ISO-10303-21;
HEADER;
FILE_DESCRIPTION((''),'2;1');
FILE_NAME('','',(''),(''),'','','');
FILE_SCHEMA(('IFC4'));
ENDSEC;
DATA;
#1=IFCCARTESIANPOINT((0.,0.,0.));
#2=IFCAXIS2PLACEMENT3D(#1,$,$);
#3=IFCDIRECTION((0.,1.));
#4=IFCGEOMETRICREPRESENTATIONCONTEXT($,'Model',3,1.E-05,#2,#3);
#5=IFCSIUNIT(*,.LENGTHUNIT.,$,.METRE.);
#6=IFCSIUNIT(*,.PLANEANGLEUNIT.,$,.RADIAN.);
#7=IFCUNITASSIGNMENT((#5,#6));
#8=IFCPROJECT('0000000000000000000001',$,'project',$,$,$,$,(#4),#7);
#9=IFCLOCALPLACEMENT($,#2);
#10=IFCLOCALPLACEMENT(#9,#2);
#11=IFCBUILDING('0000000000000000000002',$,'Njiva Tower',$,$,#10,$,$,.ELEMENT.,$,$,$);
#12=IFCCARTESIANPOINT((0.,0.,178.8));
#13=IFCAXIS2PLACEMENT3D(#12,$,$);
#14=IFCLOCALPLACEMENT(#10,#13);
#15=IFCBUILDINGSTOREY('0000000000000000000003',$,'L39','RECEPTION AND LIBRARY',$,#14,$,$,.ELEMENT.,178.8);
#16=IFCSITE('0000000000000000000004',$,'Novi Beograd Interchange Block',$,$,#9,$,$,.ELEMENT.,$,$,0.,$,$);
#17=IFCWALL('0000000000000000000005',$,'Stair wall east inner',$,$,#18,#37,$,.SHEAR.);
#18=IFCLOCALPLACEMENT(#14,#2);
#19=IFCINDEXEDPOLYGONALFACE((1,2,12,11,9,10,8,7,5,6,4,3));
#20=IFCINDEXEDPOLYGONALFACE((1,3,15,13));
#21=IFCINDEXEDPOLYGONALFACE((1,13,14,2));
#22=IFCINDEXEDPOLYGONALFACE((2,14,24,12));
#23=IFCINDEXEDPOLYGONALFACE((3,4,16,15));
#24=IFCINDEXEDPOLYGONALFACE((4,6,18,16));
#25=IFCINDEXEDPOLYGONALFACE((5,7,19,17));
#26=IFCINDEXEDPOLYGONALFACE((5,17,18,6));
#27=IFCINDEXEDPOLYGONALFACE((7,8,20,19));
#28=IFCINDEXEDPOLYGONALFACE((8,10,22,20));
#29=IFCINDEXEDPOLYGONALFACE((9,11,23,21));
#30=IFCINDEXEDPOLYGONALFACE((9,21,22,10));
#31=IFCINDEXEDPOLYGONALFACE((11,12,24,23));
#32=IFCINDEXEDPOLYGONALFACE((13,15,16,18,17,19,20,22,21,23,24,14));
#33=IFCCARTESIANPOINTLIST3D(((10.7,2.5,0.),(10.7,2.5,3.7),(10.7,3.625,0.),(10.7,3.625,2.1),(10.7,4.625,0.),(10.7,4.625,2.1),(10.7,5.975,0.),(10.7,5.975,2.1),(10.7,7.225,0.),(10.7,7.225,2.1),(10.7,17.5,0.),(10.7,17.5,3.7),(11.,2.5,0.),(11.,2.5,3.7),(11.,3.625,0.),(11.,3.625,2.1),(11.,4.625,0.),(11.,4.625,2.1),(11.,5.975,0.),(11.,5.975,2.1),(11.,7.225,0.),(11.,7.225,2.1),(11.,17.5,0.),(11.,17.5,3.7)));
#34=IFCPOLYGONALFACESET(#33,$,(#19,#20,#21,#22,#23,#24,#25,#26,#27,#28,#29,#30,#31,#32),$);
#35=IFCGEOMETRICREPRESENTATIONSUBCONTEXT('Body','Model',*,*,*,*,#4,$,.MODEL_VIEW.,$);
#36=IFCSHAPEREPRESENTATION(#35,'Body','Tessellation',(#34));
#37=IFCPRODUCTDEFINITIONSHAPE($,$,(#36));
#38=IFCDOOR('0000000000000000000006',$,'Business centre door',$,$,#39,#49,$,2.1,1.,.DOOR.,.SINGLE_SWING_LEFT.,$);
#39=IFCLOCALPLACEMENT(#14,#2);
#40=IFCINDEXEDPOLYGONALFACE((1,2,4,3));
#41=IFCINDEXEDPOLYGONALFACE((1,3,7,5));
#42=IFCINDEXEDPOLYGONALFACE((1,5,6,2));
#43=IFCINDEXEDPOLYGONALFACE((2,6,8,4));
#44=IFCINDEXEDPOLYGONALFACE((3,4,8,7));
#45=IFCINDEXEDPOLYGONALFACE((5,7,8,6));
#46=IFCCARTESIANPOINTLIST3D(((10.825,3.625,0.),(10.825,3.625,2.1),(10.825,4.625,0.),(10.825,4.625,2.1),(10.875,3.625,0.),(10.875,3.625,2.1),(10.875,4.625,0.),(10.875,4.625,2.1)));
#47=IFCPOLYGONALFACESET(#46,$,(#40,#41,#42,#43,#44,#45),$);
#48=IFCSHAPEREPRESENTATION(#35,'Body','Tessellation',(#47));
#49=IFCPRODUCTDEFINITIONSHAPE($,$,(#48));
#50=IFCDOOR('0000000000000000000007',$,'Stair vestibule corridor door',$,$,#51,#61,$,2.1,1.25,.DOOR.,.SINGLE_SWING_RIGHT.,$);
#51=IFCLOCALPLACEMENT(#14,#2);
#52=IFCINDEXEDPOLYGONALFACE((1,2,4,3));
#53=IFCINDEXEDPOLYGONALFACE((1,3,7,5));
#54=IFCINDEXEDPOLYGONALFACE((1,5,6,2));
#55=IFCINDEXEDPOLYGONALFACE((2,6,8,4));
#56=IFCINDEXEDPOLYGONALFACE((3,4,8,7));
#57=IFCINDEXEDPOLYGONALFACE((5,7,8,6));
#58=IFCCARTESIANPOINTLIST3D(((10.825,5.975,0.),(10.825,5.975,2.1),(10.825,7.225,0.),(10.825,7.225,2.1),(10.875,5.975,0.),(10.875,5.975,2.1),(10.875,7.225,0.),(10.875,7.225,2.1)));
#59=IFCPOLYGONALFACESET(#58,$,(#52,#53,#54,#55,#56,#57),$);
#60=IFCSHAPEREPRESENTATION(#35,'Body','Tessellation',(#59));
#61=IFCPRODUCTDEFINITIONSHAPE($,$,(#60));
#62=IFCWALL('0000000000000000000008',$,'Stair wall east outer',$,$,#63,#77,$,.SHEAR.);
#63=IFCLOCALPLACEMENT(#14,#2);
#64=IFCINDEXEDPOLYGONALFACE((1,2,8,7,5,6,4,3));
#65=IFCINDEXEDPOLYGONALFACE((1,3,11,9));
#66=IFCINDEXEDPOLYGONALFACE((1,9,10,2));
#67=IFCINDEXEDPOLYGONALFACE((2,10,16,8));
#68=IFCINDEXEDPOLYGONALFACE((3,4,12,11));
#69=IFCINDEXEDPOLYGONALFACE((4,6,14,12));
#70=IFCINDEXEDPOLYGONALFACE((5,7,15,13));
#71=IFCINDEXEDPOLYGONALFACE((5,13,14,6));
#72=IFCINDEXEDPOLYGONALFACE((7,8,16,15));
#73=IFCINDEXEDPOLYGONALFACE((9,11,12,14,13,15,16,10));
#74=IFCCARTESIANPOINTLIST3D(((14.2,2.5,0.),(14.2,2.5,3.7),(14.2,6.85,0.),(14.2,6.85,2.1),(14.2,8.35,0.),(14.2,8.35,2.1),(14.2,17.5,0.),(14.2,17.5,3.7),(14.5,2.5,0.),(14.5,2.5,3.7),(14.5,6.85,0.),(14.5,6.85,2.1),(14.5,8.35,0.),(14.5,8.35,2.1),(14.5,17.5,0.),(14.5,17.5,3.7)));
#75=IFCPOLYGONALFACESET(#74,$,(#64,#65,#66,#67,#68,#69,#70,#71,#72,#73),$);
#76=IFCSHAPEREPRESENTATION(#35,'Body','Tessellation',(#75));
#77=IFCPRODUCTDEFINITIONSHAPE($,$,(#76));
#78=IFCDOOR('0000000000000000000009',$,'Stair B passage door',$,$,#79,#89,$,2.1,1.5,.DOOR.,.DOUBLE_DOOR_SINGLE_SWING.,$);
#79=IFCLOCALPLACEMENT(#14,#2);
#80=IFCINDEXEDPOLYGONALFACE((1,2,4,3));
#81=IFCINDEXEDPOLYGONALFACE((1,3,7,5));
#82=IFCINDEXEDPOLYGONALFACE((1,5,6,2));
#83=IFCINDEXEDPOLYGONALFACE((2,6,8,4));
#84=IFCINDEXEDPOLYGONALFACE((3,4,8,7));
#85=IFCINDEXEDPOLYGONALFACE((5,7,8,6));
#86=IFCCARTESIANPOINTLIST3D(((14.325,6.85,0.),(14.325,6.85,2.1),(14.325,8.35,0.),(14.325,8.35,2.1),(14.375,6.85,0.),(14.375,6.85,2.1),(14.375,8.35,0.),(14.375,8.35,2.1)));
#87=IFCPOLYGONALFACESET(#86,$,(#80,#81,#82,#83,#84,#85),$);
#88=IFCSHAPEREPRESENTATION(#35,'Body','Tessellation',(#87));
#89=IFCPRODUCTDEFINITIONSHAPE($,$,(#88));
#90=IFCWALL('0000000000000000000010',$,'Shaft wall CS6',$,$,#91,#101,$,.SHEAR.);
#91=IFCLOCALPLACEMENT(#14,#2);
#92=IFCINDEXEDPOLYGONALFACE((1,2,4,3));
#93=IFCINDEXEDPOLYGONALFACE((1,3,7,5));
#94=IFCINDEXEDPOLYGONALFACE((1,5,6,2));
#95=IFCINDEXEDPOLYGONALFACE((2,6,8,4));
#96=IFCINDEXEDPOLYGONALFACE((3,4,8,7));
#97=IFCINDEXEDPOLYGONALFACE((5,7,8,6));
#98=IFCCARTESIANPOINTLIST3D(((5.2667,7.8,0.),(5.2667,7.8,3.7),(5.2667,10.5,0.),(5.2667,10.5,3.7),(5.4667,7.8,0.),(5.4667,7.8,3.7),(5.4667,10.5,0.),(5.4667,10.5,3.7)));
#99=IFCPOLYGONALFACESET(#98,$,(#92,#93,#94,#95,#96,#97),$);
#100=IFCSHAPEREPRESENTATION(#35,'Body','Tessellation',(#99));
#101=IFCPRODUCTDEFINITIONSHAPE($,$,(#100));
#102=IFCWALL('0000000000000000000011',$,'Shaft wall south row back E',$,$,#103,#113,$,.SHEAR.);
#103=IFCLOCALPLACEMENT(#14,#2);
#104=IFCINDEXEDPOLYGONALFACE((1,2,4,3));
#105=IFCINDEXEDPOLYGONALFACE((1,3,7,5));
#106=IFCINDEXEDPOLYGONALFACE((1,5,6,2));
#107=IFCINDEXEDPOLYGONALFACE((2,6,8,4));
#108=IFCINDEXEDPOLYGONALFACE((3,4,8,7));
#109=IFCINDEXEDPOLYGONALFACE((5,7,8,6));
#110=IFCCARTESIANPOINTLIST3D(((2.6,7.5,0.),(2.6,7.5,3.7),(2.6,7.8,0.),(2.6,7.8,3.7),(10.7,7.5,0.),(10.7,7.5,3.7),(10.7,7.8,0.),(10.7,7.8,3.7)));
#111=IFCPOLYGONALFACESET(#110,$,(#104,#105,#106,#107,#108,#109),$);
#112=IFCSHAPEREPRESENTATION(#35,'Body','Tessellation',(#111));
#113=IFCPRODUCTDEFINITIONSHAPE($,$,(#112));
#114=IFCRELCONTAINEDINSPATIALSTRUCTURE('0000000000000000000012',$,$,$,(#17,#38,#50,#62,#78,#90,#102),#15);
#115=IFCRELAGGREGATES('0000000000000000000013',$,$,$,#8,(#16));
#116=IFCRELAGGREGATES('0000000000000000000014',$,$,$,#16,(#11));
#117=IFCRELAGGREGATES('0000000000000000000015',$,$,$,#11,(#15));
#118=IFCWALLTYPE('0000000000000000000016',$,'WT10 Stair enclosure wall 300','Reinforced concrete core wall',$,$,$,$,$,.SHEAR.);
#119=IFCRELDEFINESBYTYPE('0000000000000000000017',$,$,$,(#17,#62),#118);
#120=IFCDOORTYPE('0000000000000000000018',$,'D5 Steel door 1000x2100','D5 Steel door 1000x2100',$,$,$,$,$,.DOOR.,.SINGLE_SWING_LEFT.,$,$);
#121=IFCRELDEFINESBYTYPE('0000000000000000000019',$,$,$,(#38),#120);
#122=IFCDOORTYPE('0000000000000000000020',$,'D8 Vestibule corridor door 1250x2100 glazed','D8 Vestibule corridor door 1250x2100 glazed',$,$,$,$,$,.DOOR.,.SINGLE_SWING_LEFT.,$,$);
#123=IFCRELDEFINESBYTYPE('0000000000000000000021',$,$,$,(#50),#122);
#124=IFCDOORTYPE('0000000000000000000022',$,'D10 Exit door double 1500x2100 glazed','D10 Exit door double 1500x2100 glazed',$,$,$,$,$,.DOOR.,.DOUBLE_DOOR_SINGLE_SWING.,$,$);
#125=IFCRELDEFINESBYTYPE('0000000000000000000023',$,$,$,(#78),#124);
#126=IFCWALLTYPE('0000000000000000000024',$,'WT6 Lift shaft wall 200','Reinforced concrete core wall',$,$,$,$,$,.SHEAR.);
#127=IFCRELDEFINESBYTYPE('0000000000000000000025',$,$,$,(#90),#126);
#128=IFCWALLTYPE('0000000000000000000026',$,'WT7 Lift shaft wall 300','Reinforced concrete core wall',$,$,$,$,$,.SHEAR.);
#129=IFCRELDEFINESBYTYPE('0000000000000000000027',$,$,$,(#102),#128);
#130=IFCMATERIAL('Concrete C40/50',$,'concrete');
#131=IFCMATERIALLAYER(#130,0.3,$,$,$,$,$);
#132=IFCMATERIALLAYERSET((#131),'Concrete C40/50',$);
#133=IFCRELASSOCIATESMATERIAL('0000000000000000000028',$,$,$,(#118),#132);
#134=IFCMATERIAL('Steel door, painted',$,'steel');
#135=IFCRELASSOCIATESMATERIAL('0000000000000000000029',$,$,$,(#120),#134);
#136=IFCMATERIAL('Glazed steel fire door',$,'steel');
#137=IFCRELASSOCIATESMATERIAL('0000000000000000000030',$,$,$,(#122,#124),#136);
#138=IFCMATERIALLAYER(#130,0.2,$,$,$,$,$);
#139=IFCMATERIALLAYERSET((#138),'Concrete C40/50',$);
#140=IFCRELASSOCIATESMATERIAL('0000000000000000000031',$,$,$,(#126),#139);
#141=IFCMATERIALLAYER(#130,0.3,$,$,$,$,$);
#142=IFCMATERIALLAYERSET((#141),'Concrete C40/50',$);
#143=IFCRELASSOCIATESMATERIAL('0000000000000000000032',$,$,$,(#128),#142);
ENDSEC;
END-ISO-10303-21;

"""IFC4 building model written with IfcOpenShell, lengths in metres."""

from ifc_helpers import new_model, si_unit, direction, frame, frame_2d, origin, place, context, subcontext, project, spatial, rectangle, extrude, material, layer, layer_set, type_object, element, fill, save


model = new_model("IFC4")

# Units and contexts
model_context = context("Model", 3, precision=1e-05, world=origin(), true_north=direction((0.0, 1.0)))
body_context = subcontext(model_context, "Body", "Model", "MODEL_VIEW")
ifc_project = project(units=[si_unit("LENGTHUNIT", "METRE"), si_unit("PLANEANGLEUNIT", "RADIAN")], contexts=[model_context])

# Site, building, storey
site_placement = place(None, origin())
site = spatial("IfcSite", under=ifc_project, at=site_placement, Name="Novi Beograd Interchange Block", CompositionType="ELEMENT", RefElevation=0.0)
building_placement = place(site_placement, origin())
building = spatial("IfcBuilding", under=site, at=building_placement, Name="Njiva Tower", CompositionType="ELEMENT")
storey_placement = place(building_placement, frame((0.0, 0.0, 178.8)))
storey = spatial("IfcBuildingStorey", under=building, at=storey_placement, Name="L39", Description="RECEPTION AND LIBRARY", CompositionType="ELEMENT", Elevation=178.8)

# Wall, openings, doors
ifc_material_1 = material(Name="Concrete C40/50", Category="concrete")
ifc_layer_1 = layer(ifc_material_1, 0.3)
ifc_layer_set_1 = layer_set([ifc_layer_1], Name="Concrete C40/50")
wall_type_1 = type_object("IfcWallType", Name="WT10 Stair enclosure wall 300", Description="Reinforced concrete core wall", PredefinedType="SHEAR", material=ifc_layer_set_1)
wall_1_placement = place(storey_placement, frame((10.85, 2.5, 0.0), z_axis=(0.0, 0.0, 1.0), x_axis=(0.0, 1.0, 0.0)))
wall_1 = element("IfcWall", 1, at=wall_1_placement, inside=storey, type_object=wall_type_1, Name="Stair wall east inner", PredefinedType="SHEAR", context=body_context, shape_type="SweptSolid", body=[
    extrude(rectangle(XDim=15.0, YDim=0.3, at=frame_2d((7.5, 0.0))), origin(), (0.0, 0.0, 1.0), 3.7),
])
opening_1_placement = place(wall_1_placement, frame((3.475, 0.0, 0.0)))
opening_1 = element("IfcOpeningElement", 2, at=opening_1_placement, cuts=wall_1, PredefinedType="OPENING", context=body_context, shape_type="SweptSolid", body=[
    extrude(rectangle(XDim=1.25, YDim=2.1, at=frame_2d((0.625, 1.05))), frame((0.0, 0.16, 0.0), z_axis=(0.0, -1.0, 0.0), x_axis=(1.0, 0.0, 0.0)), (0.0, 0.0, 1.0), 0.32),
])
opening_2_placement = place(wall_1_placement, frame((1.125, 0.0, 0.0)))
opening_2 = element("IfcOpeningElement", 3, at=opening_2_placement, cuts=wall_1, PredefinedType="OPENING", context=body_context, shape_type="SweptSolid", body=[
    extrude(rectangle(XDim=1.0, YDim=2.1, at=frame_2d((0.5, 1.05))), frame((0.0, 0.16, 0.0), z_axis=(0.0, -1.0, 0.0), x_axis=(1.0, 0.0, 0.0)), (0.0, 0.0, 1.0), 0.32),
])
ifc_material_2 = material(Name="Steel door, painted", Category="steel")
door_type_1 = type_object("IfcDoorType", Name="D5 Steel door 1000x2100", Description="D5 Steel door 1000x2100", OperationType="SINGLE_SWING_LEFT", PredefinedType="DOOR", material=ifc_material_2)
door_1_placement = place(opening_2_placement, origin())
door_1 = element("IfcDoor", 4, at=door_1_placement, inside=storey, type_object=door_type_1, Name="Business centre door", OperationType="SINGLE_SWING_LEFT", OverallHeight=2.1, OverallWidth=1.0, PredefinedType="DOOR", context=body_context, shape_type="SweptSolid", body=[
    extrude(rectangle(XDim=1.0, YDim=2.1, at=frame_2d((0.5, 1.05))), frame((0.0, 0.025, 0.0), z_axis=(0.0, -1.0, 0.0), x_axis=(1.0, 0.0, 0.0)), (0.0, 0.0, 1.0), 0.05),
])
fill(opening_2, door_1)
ifc_material_3 = material(Name="Glazed steel fire door", Category="steel")
door_type_2 = type_object("IfcDoorType", Name="D8 Vestibule corridor door 1250x2100 glazed", Description="D8 Vestibule corridor door 1250x2100 glazed", OperationType="SINGLE_SWING_LEFT", PredefinedType="DOOR", material=ifc_material_3)
door_2_placement = place(opening_1_placement, origin())
door_2 = element("IfcDoor", 5, at=door_2_placement, inside=storey, type_object=door_type_2, Name="Stair vestibule corridor door", OperationType="SINGLE_SWING_RIGHT", OverallHeight=2.1, OverallWidth=1.25, PredefinedType="DOOR", context=body_context, shape_type="SweptSolid", body=[
    extrude(rectangle(XDim=1.25, YDim=2.1, at=frame_2d((0.625, 1.05))), frame((0.0, 0.025, 0.0), z_axis=(0.0, -1.0, 0.0), x_axis=(1.0, 0.0, 0.0)), (0.0, 0.0, 1.0), 0.05),
])
fill(opening_1, door_2)

# Wall, opening, door
wall_2_placement = place(storey_placement, frame((14.35, 2.5, 0.0), z_axis=(0.0, 0.0, 1.0), x_axis=(0.0, 1.0, 0.0)))
wall_2 = element("IfcWall", 6, at=wall_2_placement, inside=storey, type_object=wall_type_1, Name="Stair wall east outer", PredefinedType="SHEAR", context=body_context, shape_type="SweptSolid", body=[
    extrude(rectangle(XDim=15.0, YDim=0.3, at=frame_2d((7.5, 0.0))), origin(), (0.0, 0.0, 1.0), 3.7),
])
opening_3_placement = place(wall_2_placement, frame((4.35, 0.0, 0.0)))
opening_3 = element("IfcOpeningElement", 7, at=opening_3_placement, cuts=wall_2, PredefinedType="OPENING", context=body_context, shape_type="SweptSolid", body=[
    extrude(rectangle(XDim=1.5, YDim=2.1, at=frame_2d((0.75, 1.05))), frame((0.0, 0.16, 0.0), z_axis=(0.0, -1.0, 0.0), x_axis=(1.0, 0.0, 0.0)), (0.0, 0.0, 1.0), 0.32),
])
door_type_3 = type_object("IfcDoorType", Name="D10 Exit door double 1500x2100 glazed", Description="D10 Exit door double 1500x2100 glazed", OperationType="DOUBLE_DOOR_SINGLE_SWING", PredefinedType="DOOR", material=ifc_material_3)
door_3_placement = place(opening_3_placement, origin())
door_3 = element("IfcDoor", 8, at=door_3_placement, inside=storey, type_object=door_type_3, Name="Stair B passage door", OperationType="DOUBLE_DOOR_SINGLE_SWING", OverallHeight=2.1, OverallWidth=1.5, PredefinedType="DOOR", context=body_context, shape_type="SweptSolid", body=[
    extrude(rectangle(XDim=1.5, YDim=2.1, at=frame_2d((0.75, 1.05))), frame((0.0, 0.025, 0.0), z_axis=(0.0, -1.0, 0.0), x_axis=(1.0, 0.0, 0.0)), (0.0, 0.0, 1.0), 0.05),
])
fill(opening_3, door_3)

# Walls
ifc_layer_2 = layer(ifc_material_1, 0.2)
ifc_layer_set_2 = layer_set([ifc_layer_2], Name="Concrete C40/50")
wall_type_2 = type_object("IfcWallType", Name="WT6 Lift shaft wall 200", Description="Reinforced concrete core wall", PredefinedType="SHEAR", material=ifc_layer_set_2)
wall_3_placement = place(storey_placement, frame((5.3667, 7.8, 0.0), z_axis=(0.0, 0.0, 1.0), x_axis=(0.0, 1.0, 0.0)))
element("IfcWall", 9, at=wall_3_placement, inside=storey, type_object=wall_type_2, Name="Shaft wall CS6", PredefinedType="SHEAR", context=body_context, shape_type="SweptSolid", body=[
    extrude(rectangle(XDim=2.7, YDim=0.2, at=frame_2d((1.35, 0.0))), origin(), (0.0, 0.0, 1.0), 3.7),
])
ifc_layer_3 = layer(ifc_material_1, 0.3)
ifc_layer_set_3 = layer_set([ifc_layer_3], Name="Concrete C40/50")
wall_type_3 = type_object("IfcWallType", Name="WT7 Lift shaft wall 300", Description="Reinforced concrete core wall", PredefinedType="SHEAR", material=ifc_layer_set_3)
wall_4_placement = place(storey_placement, frame((2.6, 7.65, 0.0), z_axis=(0.0, 0.0, 1.0), x_axis=(1.0, 0.0, 0.0)))
element("IfcWall", 10, at=wall_4_placement, inside=storey, type_object=wall_type_3, Name="Shaft wall south row back E", PredefinedType="SHEAR", context=body_context, shape_type="SweptSolid", body=[
    extrude(rectangle(XDim=8.1, YDim=0.3, at=frame_2d((4.05, 0.0))), origin(), (0.0, 0.0, 1.0), 3.7),
])

save(model, "model.ifc")
